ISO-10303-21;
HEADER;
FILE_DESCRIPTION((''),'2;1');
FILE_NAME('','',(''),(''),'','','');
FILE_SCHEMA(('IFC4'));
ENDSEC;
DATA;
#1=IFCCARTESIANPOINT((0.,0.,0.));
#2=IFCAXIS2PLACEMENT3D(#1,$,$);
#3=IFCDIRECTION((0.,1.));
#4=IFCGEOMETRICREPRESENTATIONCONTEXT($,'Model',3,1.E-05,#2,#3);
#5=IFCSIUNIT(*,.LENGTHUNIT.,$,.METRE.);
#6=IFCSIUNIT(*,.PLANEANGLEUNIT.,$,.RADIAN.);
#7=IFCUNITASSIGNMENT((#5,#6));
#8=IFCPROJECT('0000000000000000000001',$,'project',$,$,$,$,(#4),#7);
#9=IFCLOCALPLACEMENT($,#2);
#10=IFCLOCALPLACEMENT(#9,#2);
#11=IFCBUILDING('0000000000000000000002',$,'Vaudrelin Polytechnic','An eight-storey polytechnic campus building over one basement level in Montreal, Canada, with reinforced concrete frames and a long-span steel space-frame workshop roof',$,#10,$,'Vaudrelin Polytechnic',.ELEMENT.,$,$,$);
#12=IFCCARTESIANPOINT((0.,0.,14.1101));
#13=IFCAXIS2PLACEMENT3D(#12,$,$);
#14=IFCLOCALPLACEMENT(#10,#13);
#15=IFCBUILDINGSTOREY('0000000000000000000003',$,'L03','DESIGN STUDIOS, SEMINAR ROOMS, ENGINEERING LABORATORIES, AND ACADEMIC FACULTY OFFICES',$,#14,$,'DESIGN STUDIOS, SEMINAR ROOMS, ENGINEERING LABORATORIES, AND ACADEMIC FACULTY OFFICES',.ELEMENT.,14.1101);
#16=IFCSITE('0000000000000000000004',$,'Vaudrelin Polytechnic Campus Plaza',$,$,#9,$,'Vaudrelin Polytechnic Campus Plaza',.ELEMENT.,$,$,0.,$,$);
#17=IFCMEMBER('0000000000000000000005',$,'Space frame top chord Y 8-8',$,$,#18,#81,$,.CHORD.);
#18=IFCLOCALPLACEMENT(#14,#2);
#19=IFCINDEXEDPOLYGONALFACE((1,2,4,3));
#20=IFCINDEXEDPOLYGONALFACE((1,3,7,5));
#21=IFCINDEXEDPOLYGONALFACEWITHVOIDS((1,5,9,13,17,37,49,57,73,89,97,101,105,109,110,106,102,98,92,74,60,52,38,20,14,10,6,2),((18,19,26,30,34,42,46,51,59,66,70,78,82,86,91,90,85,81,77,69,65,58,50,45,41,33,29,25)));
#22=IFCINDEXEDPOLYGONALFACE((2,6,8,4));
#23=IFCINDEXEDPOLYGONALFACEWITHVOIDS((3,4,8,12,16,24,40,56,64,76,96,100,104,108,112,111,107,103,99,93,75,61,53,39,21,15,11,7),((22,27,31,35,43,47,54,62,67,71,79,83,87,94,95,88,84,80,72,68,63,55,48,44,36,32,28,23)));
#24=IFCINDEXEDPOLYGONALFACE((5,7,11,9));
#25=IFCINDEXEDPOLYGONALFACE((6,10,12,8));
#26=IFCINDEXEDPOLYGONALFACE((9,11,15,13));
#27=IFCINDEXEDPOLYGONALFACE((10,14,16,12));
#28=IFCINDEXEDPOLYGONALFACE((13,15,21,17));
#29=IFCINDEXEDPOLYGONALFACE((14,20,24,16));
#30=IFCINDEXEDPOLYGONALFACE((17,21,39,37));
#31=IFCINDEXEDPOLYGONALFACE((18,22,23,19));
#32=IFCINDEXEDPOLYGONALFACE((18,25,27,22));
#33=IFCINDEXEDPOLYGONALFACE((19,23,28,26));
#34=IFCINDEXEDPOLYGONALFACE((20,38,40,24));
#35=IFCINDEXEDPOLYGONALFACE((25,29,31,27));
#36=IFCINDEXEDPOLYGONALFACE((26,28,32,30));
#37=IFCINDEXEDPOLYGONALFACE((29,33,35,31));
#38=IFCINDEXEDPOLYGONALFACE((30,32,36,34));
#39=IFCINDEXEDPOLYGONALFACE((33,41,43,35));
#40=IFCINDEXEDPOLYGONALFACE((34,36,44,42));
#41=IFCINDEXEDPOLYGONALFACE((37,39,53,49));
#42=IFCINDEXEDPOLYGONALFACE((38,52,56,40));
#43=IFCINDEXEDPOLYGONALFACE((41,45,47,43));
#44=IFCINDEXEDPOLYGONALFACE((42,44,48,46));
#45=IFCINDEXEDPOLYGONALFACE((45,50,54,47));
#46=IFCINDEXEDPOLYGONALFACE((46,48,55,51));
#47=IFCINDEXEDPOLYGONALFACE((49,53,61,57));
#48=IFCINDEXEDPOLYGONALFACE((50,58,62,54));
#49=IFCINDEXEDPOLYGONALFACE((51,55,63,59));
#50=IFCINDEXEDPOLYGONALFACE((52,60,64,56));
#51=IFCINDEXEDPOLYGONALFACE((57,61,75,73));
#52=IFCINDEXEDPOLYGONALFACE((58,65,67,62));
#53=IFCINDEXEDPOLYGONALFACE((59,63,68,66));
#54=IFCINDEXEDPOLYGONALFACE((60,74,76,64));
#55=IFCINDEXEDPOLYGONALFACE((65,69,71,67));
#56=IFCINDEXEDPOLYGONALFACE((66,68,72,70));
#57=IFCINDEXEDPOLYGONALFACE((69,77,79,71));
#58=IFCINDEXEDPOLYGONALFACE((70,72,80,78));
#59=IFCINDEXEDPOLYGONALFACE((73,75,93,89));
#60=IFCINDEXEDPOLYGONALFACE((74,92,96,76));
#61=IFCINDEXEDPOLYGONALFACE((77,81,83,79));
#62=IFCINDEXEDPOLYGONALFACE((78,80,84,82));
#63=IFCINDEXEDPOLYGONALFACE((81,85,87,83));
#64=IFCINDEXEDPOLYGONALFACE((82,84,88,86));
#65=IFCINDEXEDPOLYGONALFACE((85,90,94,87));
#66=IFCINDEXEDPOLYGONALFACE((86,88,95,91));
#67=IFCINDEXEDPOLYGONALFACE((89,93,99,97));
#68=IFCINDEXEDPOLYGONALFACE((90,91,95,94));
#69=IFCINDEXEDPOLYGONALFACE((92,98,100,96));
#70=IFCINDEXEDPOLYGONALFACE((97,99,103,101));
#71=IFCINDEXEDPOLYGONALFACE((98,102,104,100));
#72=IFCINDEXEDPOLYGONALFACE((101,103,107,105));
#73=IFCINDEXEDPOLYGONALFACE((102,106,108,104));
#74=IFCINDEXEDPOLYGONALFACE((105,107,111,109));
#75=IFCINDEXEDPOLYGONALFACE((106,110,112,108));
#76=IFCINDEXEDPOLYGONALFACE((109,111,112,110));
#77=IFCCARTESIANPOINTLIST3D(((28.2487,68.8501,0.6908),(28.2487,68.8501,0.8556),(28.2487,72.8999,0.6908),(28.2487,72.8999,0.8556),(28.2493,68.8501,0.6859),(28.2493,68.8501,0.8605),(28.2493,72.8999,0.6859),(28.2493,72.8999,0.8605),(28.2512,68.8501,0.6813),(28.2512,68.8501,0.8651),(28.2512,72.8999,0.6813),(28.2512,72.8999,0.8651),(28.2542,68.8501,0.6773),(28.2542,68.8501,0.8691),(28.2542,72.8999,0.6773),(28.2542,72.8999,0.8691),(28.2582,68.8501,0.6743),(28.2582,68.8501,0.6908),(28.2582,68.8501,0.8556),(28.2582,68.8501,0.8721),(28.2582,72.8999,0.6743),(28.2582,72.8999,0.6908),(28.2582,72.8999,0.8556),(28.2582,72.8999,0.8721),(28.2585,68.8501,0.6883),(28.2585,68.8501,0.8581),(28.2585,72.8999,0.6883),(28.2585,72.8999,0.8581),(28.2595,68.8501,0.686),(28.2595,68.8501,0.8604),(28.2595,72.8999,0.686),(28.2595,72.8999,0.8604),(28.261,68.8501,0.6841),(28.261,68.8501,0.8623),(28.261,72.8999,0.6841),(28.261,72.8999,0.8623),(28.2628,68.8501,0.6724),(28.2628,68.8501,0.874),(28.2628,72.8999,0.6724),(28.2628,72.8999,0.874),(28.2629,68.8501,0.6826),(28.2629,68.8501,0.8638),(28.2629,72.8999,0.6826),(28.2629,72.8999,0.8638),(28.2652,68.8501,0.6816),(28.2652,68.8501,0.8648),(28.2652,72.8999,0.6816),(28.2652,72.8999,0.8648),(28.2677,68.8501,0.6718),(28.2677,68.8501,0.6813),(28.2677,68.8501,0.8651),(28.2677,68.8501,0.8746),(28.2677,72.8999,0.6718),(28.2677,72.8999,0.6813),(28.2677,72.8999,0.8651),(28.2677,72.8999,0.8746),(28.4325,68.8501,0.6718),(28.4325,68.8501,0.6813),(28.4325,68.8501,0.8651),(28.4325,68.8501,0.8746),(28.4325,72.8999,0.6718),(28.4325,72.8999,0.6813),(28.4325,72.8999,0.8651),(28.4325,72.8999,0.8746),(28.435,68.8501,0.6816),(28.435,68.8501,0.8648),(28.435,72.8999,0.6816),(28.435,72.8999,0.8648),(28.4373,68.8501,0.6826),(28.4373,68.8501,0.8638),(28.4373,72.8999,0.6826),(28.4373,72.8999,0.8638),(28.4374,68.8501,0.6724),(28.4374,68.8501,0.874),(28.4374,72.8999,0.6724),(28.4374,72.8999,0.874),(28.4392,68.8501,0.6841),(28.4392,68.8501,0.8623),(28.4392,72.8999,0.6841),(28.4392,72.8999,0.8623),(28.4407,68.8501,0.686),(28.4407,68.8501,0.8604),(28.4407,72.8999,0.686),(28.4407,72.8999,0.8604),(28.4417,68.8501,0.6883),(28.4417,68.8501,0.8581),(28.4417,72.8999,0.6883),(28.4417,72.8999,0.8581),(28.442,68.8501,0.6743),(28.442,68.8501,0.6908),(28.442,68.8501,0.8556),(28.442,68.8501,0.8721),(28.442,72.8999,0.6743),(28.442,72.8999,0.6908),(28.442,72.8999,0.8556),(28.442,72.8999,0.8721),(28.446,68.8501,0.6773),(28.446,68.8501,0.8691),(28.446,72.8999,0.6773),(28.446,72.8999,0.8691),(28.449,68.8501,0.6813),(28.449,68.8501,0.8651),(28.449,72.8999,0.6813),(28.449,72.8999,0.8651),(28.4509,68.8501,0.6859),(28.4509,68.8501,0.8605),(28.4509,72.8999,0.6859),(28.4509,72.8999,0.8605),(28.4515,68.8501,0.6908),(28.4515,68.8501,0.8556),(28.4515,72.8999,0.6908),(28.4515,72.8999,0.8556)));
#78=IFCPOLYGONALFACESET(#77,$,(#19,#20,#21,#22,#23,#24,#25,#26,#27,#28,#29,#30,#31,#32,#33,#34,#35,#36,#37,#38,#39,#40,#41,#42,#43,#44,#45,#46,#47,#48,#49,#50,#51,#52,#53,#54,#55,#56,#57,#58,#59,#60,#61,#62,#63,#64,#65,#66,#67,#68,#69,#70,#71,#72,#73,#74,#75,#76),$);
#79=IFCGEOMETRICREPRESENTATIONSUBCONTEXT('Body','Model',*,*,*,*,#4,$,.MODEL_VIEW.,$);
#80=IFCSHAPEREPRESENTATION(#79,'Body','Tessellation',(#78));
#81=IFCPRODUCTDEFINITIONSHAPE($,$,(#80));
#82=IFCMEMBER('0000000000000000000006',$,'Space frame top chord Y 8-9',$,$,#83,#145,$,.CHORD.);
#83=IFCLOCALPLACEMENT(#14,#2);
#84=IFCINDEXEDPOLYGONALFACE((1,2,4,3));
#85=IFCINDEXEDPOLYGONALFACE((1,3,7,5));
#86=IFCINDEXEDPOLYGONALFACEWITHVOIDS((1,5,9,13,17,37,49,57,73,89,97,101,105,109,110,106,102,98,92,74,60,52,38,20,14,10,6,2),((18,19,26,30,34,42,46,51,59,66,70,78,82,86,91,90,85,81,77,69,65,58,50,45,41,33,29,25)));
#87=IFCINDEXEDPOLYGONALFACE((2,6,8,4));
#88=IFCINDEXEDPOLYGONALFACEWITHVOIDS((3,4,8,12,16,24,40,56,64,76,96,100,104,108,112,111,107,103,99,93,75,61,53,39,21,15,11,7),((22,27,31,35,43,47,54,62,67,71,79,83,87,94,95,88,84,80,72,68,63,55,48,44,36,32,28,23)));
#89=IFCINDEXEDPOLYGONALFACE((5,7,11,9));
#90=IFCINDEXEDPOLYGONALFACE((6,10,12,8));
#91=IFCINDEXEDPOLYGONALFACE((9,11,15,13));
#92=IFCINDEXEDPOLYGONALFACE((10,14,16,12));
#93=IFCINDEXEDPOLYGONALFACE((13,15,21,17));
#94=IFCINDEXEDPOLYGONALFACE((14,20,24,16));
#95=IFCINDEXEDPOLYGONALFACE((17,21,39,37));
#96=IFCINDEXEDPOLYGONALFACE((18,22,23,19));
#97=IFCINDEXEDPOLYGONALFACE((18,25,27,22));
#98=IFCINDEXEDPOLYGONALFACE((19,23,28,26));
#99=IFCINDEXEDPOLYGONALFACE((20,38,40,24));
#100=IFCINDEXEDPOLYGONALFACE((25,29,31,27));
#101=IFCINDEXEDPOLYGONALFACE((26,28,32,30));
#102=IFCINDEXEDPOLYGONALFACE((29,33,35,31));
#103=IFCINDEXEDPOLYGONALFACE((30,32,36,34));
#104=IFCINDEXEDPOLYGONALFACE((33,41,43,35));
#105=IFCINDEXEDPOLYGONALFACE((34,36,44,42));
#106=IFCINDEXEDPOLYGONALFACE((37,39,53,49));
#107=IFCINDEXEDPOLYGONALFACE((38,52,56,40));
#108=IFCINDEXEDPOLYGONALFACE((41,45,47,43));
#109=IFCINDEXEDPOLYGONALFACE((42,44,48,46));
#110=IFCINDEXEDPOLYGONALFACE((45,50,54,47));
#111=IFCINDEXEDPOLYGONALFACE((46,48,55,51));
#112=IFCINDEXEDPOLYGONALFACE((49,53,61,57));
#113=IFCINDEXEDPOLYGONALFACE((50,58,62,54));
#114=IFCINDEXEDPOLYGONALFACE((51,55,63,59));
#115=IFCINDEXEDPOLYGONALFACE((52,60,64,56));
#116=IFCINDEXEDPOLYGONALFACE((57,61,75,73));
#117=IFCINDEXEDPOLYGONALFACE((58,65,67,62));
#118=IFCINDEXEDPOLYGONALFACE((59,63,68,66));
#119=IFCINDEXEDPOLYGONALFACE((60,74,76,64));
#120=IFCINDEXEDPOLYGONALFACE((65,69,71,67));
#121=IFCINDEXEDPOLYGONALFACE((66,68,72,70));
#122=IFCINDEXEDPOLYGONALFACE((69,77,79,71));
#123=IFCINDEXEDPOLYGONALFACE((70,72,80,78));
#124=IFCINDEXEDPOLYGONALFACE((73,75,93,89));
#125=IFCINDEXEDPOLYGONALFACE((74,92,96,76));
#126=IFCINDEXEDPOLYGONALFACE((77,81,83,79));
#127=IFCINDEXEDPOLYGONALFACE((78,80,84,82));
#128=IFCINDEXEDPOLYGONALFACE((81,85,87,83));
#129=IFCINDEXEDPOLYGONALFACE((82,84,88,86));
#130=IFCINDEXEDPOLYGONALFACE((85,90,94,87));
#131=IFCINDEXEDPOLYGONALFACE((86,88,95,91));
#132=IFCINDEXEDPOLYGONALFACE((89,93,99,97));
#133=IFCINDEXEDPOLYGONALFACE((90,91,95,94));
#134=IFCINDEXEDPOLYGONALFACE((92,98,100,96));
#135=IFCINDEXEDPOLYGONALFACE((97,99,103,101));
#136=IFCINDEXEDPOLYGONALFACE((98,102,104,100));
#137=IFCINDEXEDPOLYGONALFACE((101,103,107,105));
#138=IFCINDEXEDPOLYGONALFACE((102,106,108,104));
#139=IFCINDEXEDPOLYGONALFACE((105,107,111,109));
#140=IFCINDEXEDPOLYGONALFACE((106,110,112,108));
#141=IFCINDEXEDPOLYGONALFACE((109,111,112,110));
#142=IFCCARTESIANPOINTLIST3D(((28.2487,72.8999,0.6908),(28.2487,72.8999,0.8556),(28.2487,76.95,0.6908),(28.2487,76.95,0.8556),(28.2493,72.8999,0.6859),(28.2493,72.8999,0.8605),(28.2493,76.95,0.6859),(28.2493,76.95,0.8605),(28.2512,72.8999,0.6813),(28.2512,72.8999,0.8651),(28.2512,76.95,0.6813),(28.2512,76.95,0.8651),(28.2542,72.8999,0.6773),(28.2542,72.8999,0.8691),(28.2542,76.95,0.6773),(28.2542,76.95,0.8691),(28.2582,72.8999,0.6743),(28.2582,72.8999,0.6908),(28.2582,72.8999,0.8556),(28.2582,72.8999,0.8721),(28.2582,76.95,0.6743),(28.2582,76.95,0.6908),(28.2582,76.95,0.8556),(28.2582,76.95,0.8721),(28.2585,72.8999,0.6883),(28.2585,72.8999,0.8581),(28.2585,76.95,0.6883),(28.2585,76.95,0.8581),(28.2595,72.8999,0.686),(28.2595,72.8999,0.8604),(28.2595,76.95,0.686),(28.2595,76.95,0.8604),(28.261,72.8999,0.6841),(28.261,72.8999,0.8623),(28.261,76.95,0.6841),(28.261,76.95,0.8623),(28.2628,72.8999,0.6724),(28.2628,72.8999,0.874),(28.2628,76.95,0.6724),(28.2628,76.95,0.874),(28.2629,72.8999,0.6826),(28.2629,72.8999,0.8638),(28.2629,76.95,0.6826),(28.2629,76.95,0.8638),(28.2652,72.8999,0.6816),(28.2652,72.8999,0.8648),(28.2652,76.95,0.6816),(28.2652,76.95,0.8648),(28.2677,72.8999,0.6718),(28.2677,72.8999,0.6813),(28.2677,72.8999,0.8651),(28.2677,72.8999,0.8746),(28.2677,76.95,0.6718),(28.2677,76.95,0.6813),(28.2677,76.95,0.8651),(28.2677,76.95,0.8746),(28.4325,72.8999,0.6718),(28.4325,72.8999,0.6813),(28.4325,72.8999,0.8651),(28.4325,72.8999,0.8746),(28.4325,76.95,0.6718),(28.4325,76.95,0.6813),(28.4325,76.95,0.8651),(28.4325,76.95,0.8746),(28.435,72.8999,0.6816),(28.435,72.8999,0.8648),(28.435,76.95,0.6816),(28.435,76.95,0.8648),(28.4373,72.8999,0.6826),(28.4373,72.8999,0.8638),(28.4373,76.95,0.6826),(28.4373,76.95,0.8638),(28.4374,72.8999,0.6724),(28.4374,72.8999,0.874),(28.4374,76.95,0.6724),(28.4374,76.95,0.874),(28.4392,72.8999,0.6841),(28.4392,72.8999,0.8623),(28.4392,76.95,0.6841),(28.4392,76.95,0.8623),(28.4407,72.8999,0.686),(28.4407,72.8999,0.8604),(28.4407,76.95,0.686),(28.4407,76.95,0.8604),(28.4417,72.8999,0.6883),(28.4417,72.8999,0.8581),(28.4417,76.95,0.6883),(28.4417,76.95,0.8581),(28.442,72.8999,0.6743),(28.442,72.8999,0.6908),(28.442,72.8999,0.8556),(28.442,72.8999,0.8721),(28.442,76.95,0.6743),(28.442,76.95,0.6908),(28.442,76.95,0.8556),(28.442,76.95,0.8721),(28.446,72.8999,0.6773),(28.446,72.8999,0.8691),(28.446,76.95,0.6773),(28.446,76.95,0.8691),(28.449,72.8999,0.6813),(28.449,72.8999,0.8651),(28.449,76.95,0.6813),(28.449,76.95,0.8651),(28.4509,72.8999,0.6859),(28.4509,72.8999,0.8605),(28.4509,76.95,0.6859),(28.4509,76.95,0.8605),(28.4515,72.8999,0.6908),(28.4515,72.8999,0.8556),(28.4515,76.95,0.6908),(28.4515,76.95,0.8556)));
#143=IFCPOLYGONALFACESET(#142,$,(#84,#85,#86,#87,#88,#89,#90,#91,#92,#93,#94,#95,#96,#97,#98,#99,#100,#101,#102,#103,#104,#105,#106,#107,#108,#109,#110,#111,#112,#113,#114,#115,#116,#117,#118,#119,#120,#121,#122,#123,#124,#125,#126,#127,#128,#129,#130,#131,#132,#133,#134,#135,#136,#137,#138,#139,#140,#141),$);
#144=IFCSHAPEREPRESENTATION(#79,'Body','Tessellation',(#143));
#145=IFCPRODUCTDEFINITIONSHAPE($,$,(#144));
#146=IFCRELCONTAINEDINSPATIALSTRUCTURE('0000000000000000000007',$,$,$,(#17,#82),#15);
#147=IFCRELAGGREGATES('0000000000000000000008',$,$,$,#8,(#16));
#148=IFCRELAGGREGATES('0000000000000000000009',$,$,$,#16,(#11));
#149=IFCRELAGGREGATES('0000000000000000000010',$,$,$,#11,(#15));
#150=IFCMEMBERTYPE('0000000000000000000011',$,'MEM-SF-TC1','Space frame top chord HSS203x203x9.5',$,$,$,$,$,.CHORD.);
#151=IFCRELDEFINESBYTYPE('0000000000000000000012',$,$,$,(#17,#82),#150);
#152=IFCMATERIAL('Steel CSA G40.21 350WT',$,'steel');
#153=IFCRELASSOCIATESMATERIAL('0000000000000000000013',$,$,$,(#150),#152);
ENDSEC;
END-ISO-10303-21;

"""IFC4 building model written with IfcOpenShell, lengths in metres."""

from ifc_helpers import new_model, si_unit, direction, frame, origin, origin_2d, place, context, subcontext, project, spatial, hollow_rectangle, extrude, material, material_profile, profile_set, type_object, element, save


model = new_model("IFC4")

# Units and contexts
model_context = context("Model", 3, precision=1e-05, world=origin(), true_north=direction((0.0, 1.0)))
body_context = subcontext(model_context, "Body", "Model", "MODEL_VIEW")
ifc_project = project(units=[si_unit("LENGTHUNIT", "METRE"), si_unit("PLANEANGLEUNIT", "RADIAN")], contexts=[model_context])

# Site, building, storey
site_placement = place(None, origin())
site = spatial("IfcSite", under=ifc_project, at=site_placement, Name="Vaudrelin Polytechnic Campus Plaza", LongName="Vaudrelin Polytechnic Campus Plaza", CompositionType="ELEMENT", RefElevation=0.0)
building_placement = place(site_placement, origin())
building = spatial("IfcBuilding", under=site, at=building_placement, Name="Vaudrelin Polytechnic", Description="An eight-storey polytechnic campus building over one basement level in Montreal, Canada, with reinforced concrete frames and a long-span steel space-frame workshop roof", LongName="Vaudrelin Polytechnic", CompositionType="ELEMENT")
storey_placement = place(building_placement, frame((0.0, 0.0, 14.1101)))
storey = spatial("IfcBuildingStorey", under=building, at=storey_placement, Name="L03", Description="DESIGN STUDIOS, SEMINAR ROOMS, ENGINEERING LABORATORIES, AND ACADEMIC FACULTY OFFICES", LongName="DESIGN STUDIOS, SEMINAR ROOMS, ENGINEERING LABORATORIES, AND ACADEMIC FACULTY OFFICES", CompositionType="ELEMENT", Elevation=14.1101)

# Members
ifc_material_1 = material(Name="Steel CSA G40.21 350WT", Category="steel")
ifc_material_profile_1 = material_profile(ifc_material_1, hollow_rectangle(XDim=0.2029, YDim=0.2029, WallThickness=0.0095, InnerFilletRadius=0.0095, OuterFilletRadius=0.019, at=origin_2d()), Name="HSS203x203x9.5")
ifc_profile_set_1 = profile_set([ifc_material_profile_1], Name="Steel CSA G40.21 350WT")
member_type_1 = type_object("IfcMemberType", Name="MEM-SF-TC1", Description="Space frame top chord HSS203x203x9.5", PredefinedType="CHORD", material=ifc_profile_set_1)
member_1_placement = place(storey_placement, frame((28.3501, 68.8501, 0.7732), z_axis=(0.0, 1.0, 0.0), x_axis=(-1.0, 0.0, 0.0)))
element("IfcMember", 1, at=member_1_placement, inside=storey, type_object=member_type_1, Name="Space frame top chord Y 8-8", PredefinedType="CHORD", context=body_context, shape_type="SweptSolid", body=[
    extrude(hollow_rectangle(XDim=0.2029, YDim=0.2029, WallThickness=0.0095, InnerFilletRadius=0.0095, OuterFilletRadius=0.019, at=origin_2d()), origin(), (0.0, 0.0, 1.0), 4.0498),
])
member_2_placement = place(storey_placement, frame((28.3501, 72.8999, 0.7732), z_axis=(0.0, 1.0, 0.0), x_axis=(-1.0, 0.0, 0.0)))
element("IfcMember", 2, at=member_2_placement, inside=storey, type_object=member_type_1, Name="Space frame top chord Y 8-9", PredefinedType="CHORD", context=body_context, shape_type="SweptSolid", body=[
    extrude(hollow_rectangle(XDim=0.2029, YDim=0.2029, WallThickness=0.0095, InnerFilletRadius=0.0095, OuterFilletRadius=0.019, at=origin_2d()), origin(), (0.0, 0.0, 1.0), 4.05),
])

save(model, "model.ifc")
